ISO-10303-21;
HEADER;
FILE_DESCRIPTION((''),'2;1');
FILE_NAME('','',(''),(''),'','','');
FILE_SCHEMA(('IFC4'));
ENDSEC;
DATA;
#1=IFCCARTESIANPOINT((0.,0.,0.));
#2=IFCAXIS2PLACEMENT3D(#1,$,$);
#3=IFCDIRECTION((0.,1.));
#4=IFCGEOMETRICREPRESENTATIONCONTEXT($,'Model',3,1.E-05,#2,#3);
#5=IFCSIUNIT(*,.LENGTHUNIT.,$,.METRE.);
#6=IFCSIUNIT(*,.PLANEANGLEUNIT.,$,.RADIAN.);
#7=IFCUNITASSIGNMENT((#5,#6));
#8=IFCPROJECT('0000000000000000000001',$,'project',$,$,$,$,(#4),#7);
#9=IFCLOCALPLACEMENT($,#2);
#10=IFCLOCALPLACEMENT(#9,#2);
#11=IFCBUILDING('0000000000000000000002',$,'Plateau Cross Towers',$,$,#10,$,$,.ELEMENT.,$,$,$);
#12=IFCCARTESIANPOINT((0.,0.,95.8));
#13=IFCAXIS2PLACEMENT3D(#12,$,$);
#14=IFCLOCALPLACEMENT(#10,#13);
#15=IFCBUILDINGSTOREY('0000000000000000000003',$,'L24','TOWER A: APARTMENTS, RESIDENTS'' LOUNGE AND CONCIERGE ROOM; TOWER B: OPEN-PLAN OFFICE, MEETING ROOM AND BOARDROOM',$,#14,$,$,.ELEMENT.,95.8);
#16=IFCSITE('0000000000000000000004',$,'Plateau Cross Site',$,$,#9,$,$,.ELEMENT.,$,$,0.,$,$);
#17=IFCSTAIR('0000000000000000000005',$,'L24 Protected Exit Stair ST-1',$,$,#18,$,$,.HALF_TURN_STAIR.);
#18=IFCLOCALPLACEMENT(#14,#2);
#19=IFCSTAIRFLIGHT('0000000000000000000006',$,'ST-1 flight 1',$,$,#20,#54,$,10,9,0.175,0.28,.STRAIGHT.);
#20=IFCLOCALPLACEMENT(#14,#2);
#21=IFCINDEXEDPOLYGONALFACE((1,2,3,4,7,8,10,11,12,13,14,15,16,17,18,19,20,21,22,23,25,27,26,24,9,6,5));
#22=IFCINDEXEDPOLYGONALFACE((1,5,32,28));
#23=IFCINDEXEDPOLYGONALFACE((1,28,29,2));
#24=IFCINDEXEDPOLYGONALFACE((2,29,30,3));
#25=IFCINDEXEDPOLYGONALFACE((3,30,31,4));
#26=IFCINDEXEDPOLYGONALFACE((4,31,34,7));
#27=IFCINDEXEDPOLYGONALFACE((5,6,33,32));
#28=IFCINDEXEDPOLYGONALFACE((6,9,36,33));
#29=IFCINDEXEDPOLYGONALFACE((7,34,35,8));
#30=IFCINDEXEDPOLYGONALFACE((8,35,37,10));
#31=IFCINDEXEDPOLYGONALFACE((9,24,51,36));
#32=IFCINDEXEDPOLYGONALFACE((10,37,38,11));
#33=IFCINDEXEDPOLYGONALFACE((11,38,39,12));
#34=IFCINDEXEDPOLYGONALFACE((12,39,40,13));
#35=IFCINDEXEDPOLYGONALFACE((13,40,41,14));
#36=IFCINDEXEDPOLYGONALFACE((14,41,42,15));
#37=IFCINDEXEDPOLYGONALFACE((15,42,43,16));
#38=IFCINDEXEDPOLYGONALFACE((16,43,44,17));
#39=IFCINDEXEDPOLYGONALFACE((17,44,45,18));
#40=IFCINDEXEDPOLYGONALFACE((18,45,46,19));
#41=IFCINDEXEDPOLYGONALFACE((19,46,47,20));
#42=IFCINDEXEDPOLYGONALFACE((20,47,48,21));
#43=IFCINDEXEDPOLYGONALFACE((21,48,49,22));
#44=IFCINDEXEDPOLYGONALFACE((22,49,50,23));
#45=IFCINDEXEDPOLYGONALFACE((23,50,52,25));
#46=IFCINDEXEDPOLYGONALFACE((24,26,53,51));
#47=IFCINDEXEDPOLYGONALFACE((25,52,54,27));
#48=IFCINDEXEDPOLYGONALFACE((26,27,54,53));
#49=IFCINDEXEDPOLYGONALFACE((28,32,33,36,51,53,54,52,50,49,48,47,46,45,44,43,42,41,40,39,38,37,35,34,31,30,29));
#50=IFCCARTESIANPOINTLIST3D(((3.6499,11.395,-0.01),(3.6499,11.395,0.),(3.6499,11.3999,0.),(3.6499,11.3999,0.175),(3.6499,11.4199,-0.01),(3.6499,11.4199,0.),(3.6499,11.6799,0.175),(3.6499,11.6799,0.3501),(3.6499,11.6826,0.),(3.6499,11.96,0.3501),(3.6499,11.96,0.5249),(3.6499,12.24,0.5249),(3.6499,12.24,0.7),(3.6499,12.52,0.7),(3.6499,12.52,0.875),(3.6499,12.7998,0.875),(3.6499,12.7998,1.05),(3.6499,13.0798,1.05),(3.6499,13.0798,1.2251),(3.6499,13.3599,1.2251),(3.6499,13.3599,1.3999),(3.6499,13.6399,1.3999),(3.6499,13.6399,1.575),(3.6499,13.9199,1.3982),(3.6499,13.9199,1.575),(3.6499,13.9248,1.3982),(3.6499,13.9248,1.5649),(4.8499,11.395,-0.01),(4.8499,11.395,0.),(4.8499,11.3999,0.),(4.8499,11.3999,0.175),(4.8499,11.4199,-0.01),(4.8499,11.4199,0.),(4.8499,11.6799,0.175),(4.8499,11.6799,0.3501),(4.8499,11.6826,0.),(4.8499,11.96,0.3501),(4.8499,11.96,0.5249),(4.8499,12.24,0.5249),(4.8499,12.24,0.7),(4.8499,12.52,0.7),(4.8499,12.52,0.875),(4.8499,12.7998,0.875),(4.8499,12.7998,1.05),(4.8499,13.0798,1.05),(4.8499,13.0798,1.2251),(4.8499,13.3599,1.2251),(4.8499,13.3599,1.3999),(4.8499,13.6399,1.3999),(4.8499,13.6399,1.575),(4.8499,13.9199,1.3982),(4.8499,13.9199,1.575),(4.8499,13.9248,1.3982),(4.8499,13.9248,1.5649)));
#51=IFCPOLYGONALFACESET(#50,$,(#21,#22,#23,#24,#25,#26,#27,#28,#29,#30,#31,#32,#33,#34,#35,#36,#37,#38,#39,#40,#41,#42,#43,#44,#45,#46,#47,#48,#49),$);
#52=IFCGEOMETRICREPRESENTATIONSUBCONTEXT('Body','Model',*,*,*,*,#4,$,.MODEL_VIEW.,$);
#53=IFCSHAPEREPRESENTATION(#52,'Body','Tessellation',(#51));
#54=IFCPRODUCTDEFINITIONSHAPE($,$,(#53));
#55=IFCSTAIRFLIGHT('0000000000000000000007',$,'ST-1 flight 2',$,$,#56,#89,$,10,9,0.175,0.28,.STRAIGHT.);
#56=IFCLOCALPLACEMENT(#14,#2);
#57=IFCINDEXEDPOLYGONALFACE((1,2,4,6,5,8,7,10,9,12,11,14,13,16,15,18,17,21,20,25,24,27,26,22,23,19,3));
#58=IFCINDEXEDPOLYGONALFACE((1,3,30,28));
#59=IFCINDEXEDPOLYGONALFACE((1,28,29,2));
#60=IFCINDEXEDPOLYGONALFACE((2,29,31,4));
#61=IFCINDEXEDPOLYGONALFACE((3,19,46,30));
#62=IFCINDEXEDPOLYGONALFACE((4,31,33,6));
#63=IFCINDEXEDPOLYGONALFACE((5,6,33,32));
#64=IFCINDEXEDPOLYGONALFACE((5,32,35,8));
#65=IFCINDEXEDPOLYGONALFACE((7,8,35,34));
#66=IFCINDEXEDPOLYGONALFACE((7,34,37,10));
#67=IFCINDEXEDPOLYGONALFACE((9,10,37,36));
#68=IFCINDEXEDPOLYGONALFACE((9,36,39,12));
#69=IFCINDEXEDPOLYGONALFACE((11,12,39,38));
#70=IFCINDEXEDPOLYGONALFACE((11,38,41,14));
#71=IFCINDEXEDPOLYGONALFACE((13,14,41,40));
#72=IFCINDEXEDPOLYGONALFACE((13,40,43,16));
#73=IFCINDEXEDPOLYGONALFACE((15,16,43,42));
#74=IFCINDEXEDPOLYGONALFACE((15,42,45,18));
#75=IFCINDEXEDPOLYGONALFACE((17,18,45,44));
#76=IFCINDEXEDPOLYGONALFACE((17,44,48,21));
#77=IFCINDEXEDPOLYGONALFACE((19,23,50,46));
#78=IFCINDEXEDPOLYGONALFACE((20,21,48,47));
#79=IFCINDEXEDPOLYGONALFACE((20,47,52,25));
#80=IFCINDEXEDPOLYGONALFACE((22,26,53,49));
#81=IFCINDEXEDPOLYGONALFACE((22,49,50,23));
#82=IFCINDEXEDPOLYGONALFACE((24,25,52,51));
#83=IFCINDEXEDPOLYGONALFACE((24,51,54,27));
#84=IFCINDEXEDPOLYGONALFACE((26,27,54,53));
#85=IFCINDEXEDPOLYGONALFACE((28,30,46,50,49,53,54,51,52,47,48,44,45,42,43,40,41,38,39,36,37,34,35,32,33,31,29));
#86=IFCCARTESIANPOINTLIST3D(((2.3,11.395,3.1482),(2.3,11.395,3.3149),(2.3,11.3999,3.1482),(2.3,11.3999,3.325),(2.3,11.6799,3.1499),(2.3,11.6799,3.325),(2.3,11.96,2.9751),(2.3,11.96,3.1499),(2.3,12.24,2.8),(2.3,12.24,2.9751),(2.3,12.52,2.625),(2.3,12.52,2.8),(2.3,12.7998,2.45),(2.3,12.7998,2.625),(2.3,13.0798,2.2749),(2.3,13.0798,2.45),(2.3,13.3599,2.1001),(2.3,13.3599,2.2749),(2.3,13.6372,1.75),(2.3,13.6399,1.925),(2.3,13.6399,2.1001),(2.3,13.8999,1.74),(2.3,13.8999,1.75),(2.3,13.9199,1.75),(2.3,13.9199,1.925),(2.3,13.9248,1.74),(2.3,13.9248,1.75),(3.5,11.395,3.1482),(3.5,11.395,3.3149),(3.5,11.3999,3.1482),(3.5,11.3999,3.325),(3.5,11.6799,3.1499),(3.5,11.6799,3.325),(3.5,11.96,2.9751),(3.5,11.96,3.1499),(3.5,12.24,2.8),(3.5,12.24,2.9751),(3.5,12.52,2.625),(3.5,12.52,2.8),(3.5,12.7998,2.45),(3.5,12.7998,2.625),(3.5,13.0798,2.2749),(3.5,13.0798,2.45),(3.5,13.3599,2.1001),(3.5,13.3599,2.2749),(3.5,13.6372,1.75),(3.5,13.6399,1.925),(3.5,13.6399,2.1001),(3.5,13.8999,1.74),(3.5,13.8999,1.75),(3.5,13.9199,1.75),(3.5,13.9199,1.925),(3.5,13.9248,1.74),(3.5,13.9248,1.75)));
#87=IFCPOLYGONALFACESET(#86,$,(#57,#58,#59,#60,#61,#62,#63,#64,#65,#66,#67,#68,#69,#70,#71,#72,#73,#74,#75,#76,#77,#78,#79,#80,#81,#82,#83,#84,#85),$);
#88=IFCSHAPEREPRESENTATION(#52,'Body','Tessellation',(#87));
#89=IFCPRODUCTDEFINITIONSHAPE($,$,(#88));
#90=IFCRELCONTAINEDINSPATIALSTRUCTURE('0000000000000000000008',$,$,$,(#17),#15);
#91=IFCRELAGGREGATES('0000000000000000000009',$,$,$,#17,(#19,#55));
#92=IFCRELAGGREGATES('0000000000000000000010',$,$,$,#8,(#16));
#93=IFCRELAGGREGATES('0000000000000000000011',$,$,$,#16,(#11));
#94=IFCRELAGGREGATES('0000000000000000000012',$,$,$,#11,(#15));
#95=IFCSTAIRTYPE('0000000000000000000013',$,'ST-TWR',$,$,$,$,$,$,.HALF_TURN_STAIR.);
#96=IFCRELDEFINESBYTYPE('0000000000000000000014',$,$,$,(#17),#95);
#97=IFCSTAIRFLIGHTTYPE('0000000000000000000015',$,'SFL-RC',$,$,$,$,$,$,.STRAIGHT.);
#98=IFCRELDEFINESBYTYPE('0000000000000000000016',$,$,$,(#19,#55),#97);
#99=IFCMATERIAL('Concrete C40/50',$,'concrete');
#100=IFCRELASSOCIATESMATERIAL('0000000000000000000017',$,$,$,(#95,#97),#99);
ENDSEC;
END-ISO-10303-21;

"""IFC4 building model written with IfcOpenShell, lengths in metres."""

from ifc_helpers import new_model, si_unit, direction, frame, origin, place, context, subcontext, project, spatial, polyline, outline, extrude, material, type_object, element, aggregate, save


model = new_model("IFC4")

# Units and contexts
model_context = context("Model", 3, precision=1e-05, world=origin(), true_north=direction((0.0, 1.0)))
body_context = subcontext(model_context, "Body", "Model", "MODEL_VIEW")
ifc_project = project(units=[si_unit("LENGTHUNIT", "METRE"), si_unit("PLANEANGLEUNIT", "RADIAN")], contexts=[model_context])

# Site, building, storey
site_placement = place(None, origin())
site = spatial("IfcSite", under=ifc_project, at=site_placement, Name="Plateau Cross Site", CompositionType="ELEMENT", RefElevation=0.0)
building_placement = place(site_placement, origin())
building = spatial("IfcBuilding", under=site, at=building_placement, Name="Plateau Cross Towers", CompositionType="ELEMENT")
storey_placement = place(building_placement, frame((0.0, 0.0, 95.8)))
storey = spatial("IfcBuildingStorey", under=building, at=storey_placement, Name="L24", Description="TOWER A: APARTMENTS, RESIDENTS' LOUNGE AND CONCIERGE ROOM; TOWER B: OPEN-PLAN OFFICE, MEETING ROOM AND BOARDROOM", CompositionType="ELEMENT", Elevation=95.8)

# Stair, stair flights
ifc_material_1 = material(Name="Concrete C40/50", Category="concrete")
stair_type = type_object("IfcStairType", Name="ST-TWR", PredefinedType="HALF_TURN_STAIR", material=ifc_material_1)
stair_placement = place(storey_placement, origin())
stair = element("IfcStair", 1, at=stair_placement, inside=storey, type_object=stair_type, Name="L24 Protected Exit Stair ST-1", PredefinedType="HALF_TURN_STAIR")
stair_flight_type = type_object("IfcStairFlightType", Name="SFL-RC", PredefinedType="STRAIGHT", material=ifc_material_1)
stair_flight_1_placement = place(storey_placement, frame((4.25, 11.3999, 0.0), z_axis=(0.0, 0.0, 1.0), x_axis=(0.0, 1.0, 0.0)))
stair_flight_1 = element("IfcStairFlight", 2, at=stair_flight_1_placement, type_object=stair_flight_type, Name="ST-1 flight 1", NumberOfRisers=10, NumberOfTreads=9, PredefinedType="STRAIGHT", RiserHeight=0.175, TreadLength=0.28, context=body_context, shape_type="SweptSolid", body=[
    extrude(outline(polyline([(-0.0049, -0.01), (-0.0049, 0.0), (0.0, 0.0), (0.0, 0.175), (0.28, 0.175), (0.28, 0.3501), (0.5601, 0.3501), (0.5601, 0.5249), (0.8401, 0.5249), (0.8401, 0.7), (1.1201, 0.7), (1.1201, 0.875), (1.3999, 0.875), (1.3999, 1.05), (1.6799, 1.05), (1.6799, 1.2251), (1.96, 1.2251), (1.96, 1.3999), (2.24, 1.3999), (2.24, 1.575), (2.52, 1.575), (2.5249, 1.5649), (2.5249, 1.3982), (2.52, 1.3982), (0.2827, 0.0), (0.02, 0.0), (0.02, -0.01), (-0.0049, -0.01)])), frame((0.0, 0.6001, 0.0), z_axis=(0.0, -1.0, 0.0), x_axis=(1.0, 0.0, 0.0)), (0.0, 0.0, 1.0), 1.2),
])
stair_flight_2_placement = place(storey_placement, frame((2.8999, 13.9199, 1.75), z_axis=(0.0, 0.0, 1.0), x_axis=(0.0, -1.0, 0.0)))
stair_flight_2 = element("IfcStairFlight", 3, at=stair_flight_2_placement, type_object=stair_flight_type, Name="ST-1 flight 2", NumberOfRisers=10, NumberOfTreads=9, PredefinedType="STRAIGHT", RiserHeight=0.175, TreadLength=0.28, context=body_context, shape_type="SweptSolid", body=[
    extrude(outline(polyline([(-0.0049, -0.01), (-0.0049, 0.0), (0.0, 0.0), (0.0, 0.175), (0.28, 0.175), (0.28, 0.3501), (0.5601, 0.3501), (0.5601, 0.5249), (0.8401, 0.5249), (0.8401, 0.7), (1.1201, 0.7), (1.1201, 0.875), (1.3999, 0.875), (1.3999, 1.05), (1.6799, 1.05), (1.6799, 1.2251), (1.96, 1.2251), (1.96, 1.3999), (2.24, 1.3999), (2.24, 1.575), (2.52, 1.575), (2.5249, 1.5649), (2.5249, 1.3982), (2.52, 1.3982), (0.2827, 0.0), (0.02, 0.0), (0.02, -0.01), (-0.0049, -0.01)])), frame((0.0, 0.6001, 0.0), z_axis=(0.0, -1.0, 0.0), x_axis=(1.0, 0.0, 0.0)), (0.0, 0.0, 1.0), 1.2),
])
aggregate(stair, [stair_flight_1, stair_flight_2])

save(model, "model.ifc")
